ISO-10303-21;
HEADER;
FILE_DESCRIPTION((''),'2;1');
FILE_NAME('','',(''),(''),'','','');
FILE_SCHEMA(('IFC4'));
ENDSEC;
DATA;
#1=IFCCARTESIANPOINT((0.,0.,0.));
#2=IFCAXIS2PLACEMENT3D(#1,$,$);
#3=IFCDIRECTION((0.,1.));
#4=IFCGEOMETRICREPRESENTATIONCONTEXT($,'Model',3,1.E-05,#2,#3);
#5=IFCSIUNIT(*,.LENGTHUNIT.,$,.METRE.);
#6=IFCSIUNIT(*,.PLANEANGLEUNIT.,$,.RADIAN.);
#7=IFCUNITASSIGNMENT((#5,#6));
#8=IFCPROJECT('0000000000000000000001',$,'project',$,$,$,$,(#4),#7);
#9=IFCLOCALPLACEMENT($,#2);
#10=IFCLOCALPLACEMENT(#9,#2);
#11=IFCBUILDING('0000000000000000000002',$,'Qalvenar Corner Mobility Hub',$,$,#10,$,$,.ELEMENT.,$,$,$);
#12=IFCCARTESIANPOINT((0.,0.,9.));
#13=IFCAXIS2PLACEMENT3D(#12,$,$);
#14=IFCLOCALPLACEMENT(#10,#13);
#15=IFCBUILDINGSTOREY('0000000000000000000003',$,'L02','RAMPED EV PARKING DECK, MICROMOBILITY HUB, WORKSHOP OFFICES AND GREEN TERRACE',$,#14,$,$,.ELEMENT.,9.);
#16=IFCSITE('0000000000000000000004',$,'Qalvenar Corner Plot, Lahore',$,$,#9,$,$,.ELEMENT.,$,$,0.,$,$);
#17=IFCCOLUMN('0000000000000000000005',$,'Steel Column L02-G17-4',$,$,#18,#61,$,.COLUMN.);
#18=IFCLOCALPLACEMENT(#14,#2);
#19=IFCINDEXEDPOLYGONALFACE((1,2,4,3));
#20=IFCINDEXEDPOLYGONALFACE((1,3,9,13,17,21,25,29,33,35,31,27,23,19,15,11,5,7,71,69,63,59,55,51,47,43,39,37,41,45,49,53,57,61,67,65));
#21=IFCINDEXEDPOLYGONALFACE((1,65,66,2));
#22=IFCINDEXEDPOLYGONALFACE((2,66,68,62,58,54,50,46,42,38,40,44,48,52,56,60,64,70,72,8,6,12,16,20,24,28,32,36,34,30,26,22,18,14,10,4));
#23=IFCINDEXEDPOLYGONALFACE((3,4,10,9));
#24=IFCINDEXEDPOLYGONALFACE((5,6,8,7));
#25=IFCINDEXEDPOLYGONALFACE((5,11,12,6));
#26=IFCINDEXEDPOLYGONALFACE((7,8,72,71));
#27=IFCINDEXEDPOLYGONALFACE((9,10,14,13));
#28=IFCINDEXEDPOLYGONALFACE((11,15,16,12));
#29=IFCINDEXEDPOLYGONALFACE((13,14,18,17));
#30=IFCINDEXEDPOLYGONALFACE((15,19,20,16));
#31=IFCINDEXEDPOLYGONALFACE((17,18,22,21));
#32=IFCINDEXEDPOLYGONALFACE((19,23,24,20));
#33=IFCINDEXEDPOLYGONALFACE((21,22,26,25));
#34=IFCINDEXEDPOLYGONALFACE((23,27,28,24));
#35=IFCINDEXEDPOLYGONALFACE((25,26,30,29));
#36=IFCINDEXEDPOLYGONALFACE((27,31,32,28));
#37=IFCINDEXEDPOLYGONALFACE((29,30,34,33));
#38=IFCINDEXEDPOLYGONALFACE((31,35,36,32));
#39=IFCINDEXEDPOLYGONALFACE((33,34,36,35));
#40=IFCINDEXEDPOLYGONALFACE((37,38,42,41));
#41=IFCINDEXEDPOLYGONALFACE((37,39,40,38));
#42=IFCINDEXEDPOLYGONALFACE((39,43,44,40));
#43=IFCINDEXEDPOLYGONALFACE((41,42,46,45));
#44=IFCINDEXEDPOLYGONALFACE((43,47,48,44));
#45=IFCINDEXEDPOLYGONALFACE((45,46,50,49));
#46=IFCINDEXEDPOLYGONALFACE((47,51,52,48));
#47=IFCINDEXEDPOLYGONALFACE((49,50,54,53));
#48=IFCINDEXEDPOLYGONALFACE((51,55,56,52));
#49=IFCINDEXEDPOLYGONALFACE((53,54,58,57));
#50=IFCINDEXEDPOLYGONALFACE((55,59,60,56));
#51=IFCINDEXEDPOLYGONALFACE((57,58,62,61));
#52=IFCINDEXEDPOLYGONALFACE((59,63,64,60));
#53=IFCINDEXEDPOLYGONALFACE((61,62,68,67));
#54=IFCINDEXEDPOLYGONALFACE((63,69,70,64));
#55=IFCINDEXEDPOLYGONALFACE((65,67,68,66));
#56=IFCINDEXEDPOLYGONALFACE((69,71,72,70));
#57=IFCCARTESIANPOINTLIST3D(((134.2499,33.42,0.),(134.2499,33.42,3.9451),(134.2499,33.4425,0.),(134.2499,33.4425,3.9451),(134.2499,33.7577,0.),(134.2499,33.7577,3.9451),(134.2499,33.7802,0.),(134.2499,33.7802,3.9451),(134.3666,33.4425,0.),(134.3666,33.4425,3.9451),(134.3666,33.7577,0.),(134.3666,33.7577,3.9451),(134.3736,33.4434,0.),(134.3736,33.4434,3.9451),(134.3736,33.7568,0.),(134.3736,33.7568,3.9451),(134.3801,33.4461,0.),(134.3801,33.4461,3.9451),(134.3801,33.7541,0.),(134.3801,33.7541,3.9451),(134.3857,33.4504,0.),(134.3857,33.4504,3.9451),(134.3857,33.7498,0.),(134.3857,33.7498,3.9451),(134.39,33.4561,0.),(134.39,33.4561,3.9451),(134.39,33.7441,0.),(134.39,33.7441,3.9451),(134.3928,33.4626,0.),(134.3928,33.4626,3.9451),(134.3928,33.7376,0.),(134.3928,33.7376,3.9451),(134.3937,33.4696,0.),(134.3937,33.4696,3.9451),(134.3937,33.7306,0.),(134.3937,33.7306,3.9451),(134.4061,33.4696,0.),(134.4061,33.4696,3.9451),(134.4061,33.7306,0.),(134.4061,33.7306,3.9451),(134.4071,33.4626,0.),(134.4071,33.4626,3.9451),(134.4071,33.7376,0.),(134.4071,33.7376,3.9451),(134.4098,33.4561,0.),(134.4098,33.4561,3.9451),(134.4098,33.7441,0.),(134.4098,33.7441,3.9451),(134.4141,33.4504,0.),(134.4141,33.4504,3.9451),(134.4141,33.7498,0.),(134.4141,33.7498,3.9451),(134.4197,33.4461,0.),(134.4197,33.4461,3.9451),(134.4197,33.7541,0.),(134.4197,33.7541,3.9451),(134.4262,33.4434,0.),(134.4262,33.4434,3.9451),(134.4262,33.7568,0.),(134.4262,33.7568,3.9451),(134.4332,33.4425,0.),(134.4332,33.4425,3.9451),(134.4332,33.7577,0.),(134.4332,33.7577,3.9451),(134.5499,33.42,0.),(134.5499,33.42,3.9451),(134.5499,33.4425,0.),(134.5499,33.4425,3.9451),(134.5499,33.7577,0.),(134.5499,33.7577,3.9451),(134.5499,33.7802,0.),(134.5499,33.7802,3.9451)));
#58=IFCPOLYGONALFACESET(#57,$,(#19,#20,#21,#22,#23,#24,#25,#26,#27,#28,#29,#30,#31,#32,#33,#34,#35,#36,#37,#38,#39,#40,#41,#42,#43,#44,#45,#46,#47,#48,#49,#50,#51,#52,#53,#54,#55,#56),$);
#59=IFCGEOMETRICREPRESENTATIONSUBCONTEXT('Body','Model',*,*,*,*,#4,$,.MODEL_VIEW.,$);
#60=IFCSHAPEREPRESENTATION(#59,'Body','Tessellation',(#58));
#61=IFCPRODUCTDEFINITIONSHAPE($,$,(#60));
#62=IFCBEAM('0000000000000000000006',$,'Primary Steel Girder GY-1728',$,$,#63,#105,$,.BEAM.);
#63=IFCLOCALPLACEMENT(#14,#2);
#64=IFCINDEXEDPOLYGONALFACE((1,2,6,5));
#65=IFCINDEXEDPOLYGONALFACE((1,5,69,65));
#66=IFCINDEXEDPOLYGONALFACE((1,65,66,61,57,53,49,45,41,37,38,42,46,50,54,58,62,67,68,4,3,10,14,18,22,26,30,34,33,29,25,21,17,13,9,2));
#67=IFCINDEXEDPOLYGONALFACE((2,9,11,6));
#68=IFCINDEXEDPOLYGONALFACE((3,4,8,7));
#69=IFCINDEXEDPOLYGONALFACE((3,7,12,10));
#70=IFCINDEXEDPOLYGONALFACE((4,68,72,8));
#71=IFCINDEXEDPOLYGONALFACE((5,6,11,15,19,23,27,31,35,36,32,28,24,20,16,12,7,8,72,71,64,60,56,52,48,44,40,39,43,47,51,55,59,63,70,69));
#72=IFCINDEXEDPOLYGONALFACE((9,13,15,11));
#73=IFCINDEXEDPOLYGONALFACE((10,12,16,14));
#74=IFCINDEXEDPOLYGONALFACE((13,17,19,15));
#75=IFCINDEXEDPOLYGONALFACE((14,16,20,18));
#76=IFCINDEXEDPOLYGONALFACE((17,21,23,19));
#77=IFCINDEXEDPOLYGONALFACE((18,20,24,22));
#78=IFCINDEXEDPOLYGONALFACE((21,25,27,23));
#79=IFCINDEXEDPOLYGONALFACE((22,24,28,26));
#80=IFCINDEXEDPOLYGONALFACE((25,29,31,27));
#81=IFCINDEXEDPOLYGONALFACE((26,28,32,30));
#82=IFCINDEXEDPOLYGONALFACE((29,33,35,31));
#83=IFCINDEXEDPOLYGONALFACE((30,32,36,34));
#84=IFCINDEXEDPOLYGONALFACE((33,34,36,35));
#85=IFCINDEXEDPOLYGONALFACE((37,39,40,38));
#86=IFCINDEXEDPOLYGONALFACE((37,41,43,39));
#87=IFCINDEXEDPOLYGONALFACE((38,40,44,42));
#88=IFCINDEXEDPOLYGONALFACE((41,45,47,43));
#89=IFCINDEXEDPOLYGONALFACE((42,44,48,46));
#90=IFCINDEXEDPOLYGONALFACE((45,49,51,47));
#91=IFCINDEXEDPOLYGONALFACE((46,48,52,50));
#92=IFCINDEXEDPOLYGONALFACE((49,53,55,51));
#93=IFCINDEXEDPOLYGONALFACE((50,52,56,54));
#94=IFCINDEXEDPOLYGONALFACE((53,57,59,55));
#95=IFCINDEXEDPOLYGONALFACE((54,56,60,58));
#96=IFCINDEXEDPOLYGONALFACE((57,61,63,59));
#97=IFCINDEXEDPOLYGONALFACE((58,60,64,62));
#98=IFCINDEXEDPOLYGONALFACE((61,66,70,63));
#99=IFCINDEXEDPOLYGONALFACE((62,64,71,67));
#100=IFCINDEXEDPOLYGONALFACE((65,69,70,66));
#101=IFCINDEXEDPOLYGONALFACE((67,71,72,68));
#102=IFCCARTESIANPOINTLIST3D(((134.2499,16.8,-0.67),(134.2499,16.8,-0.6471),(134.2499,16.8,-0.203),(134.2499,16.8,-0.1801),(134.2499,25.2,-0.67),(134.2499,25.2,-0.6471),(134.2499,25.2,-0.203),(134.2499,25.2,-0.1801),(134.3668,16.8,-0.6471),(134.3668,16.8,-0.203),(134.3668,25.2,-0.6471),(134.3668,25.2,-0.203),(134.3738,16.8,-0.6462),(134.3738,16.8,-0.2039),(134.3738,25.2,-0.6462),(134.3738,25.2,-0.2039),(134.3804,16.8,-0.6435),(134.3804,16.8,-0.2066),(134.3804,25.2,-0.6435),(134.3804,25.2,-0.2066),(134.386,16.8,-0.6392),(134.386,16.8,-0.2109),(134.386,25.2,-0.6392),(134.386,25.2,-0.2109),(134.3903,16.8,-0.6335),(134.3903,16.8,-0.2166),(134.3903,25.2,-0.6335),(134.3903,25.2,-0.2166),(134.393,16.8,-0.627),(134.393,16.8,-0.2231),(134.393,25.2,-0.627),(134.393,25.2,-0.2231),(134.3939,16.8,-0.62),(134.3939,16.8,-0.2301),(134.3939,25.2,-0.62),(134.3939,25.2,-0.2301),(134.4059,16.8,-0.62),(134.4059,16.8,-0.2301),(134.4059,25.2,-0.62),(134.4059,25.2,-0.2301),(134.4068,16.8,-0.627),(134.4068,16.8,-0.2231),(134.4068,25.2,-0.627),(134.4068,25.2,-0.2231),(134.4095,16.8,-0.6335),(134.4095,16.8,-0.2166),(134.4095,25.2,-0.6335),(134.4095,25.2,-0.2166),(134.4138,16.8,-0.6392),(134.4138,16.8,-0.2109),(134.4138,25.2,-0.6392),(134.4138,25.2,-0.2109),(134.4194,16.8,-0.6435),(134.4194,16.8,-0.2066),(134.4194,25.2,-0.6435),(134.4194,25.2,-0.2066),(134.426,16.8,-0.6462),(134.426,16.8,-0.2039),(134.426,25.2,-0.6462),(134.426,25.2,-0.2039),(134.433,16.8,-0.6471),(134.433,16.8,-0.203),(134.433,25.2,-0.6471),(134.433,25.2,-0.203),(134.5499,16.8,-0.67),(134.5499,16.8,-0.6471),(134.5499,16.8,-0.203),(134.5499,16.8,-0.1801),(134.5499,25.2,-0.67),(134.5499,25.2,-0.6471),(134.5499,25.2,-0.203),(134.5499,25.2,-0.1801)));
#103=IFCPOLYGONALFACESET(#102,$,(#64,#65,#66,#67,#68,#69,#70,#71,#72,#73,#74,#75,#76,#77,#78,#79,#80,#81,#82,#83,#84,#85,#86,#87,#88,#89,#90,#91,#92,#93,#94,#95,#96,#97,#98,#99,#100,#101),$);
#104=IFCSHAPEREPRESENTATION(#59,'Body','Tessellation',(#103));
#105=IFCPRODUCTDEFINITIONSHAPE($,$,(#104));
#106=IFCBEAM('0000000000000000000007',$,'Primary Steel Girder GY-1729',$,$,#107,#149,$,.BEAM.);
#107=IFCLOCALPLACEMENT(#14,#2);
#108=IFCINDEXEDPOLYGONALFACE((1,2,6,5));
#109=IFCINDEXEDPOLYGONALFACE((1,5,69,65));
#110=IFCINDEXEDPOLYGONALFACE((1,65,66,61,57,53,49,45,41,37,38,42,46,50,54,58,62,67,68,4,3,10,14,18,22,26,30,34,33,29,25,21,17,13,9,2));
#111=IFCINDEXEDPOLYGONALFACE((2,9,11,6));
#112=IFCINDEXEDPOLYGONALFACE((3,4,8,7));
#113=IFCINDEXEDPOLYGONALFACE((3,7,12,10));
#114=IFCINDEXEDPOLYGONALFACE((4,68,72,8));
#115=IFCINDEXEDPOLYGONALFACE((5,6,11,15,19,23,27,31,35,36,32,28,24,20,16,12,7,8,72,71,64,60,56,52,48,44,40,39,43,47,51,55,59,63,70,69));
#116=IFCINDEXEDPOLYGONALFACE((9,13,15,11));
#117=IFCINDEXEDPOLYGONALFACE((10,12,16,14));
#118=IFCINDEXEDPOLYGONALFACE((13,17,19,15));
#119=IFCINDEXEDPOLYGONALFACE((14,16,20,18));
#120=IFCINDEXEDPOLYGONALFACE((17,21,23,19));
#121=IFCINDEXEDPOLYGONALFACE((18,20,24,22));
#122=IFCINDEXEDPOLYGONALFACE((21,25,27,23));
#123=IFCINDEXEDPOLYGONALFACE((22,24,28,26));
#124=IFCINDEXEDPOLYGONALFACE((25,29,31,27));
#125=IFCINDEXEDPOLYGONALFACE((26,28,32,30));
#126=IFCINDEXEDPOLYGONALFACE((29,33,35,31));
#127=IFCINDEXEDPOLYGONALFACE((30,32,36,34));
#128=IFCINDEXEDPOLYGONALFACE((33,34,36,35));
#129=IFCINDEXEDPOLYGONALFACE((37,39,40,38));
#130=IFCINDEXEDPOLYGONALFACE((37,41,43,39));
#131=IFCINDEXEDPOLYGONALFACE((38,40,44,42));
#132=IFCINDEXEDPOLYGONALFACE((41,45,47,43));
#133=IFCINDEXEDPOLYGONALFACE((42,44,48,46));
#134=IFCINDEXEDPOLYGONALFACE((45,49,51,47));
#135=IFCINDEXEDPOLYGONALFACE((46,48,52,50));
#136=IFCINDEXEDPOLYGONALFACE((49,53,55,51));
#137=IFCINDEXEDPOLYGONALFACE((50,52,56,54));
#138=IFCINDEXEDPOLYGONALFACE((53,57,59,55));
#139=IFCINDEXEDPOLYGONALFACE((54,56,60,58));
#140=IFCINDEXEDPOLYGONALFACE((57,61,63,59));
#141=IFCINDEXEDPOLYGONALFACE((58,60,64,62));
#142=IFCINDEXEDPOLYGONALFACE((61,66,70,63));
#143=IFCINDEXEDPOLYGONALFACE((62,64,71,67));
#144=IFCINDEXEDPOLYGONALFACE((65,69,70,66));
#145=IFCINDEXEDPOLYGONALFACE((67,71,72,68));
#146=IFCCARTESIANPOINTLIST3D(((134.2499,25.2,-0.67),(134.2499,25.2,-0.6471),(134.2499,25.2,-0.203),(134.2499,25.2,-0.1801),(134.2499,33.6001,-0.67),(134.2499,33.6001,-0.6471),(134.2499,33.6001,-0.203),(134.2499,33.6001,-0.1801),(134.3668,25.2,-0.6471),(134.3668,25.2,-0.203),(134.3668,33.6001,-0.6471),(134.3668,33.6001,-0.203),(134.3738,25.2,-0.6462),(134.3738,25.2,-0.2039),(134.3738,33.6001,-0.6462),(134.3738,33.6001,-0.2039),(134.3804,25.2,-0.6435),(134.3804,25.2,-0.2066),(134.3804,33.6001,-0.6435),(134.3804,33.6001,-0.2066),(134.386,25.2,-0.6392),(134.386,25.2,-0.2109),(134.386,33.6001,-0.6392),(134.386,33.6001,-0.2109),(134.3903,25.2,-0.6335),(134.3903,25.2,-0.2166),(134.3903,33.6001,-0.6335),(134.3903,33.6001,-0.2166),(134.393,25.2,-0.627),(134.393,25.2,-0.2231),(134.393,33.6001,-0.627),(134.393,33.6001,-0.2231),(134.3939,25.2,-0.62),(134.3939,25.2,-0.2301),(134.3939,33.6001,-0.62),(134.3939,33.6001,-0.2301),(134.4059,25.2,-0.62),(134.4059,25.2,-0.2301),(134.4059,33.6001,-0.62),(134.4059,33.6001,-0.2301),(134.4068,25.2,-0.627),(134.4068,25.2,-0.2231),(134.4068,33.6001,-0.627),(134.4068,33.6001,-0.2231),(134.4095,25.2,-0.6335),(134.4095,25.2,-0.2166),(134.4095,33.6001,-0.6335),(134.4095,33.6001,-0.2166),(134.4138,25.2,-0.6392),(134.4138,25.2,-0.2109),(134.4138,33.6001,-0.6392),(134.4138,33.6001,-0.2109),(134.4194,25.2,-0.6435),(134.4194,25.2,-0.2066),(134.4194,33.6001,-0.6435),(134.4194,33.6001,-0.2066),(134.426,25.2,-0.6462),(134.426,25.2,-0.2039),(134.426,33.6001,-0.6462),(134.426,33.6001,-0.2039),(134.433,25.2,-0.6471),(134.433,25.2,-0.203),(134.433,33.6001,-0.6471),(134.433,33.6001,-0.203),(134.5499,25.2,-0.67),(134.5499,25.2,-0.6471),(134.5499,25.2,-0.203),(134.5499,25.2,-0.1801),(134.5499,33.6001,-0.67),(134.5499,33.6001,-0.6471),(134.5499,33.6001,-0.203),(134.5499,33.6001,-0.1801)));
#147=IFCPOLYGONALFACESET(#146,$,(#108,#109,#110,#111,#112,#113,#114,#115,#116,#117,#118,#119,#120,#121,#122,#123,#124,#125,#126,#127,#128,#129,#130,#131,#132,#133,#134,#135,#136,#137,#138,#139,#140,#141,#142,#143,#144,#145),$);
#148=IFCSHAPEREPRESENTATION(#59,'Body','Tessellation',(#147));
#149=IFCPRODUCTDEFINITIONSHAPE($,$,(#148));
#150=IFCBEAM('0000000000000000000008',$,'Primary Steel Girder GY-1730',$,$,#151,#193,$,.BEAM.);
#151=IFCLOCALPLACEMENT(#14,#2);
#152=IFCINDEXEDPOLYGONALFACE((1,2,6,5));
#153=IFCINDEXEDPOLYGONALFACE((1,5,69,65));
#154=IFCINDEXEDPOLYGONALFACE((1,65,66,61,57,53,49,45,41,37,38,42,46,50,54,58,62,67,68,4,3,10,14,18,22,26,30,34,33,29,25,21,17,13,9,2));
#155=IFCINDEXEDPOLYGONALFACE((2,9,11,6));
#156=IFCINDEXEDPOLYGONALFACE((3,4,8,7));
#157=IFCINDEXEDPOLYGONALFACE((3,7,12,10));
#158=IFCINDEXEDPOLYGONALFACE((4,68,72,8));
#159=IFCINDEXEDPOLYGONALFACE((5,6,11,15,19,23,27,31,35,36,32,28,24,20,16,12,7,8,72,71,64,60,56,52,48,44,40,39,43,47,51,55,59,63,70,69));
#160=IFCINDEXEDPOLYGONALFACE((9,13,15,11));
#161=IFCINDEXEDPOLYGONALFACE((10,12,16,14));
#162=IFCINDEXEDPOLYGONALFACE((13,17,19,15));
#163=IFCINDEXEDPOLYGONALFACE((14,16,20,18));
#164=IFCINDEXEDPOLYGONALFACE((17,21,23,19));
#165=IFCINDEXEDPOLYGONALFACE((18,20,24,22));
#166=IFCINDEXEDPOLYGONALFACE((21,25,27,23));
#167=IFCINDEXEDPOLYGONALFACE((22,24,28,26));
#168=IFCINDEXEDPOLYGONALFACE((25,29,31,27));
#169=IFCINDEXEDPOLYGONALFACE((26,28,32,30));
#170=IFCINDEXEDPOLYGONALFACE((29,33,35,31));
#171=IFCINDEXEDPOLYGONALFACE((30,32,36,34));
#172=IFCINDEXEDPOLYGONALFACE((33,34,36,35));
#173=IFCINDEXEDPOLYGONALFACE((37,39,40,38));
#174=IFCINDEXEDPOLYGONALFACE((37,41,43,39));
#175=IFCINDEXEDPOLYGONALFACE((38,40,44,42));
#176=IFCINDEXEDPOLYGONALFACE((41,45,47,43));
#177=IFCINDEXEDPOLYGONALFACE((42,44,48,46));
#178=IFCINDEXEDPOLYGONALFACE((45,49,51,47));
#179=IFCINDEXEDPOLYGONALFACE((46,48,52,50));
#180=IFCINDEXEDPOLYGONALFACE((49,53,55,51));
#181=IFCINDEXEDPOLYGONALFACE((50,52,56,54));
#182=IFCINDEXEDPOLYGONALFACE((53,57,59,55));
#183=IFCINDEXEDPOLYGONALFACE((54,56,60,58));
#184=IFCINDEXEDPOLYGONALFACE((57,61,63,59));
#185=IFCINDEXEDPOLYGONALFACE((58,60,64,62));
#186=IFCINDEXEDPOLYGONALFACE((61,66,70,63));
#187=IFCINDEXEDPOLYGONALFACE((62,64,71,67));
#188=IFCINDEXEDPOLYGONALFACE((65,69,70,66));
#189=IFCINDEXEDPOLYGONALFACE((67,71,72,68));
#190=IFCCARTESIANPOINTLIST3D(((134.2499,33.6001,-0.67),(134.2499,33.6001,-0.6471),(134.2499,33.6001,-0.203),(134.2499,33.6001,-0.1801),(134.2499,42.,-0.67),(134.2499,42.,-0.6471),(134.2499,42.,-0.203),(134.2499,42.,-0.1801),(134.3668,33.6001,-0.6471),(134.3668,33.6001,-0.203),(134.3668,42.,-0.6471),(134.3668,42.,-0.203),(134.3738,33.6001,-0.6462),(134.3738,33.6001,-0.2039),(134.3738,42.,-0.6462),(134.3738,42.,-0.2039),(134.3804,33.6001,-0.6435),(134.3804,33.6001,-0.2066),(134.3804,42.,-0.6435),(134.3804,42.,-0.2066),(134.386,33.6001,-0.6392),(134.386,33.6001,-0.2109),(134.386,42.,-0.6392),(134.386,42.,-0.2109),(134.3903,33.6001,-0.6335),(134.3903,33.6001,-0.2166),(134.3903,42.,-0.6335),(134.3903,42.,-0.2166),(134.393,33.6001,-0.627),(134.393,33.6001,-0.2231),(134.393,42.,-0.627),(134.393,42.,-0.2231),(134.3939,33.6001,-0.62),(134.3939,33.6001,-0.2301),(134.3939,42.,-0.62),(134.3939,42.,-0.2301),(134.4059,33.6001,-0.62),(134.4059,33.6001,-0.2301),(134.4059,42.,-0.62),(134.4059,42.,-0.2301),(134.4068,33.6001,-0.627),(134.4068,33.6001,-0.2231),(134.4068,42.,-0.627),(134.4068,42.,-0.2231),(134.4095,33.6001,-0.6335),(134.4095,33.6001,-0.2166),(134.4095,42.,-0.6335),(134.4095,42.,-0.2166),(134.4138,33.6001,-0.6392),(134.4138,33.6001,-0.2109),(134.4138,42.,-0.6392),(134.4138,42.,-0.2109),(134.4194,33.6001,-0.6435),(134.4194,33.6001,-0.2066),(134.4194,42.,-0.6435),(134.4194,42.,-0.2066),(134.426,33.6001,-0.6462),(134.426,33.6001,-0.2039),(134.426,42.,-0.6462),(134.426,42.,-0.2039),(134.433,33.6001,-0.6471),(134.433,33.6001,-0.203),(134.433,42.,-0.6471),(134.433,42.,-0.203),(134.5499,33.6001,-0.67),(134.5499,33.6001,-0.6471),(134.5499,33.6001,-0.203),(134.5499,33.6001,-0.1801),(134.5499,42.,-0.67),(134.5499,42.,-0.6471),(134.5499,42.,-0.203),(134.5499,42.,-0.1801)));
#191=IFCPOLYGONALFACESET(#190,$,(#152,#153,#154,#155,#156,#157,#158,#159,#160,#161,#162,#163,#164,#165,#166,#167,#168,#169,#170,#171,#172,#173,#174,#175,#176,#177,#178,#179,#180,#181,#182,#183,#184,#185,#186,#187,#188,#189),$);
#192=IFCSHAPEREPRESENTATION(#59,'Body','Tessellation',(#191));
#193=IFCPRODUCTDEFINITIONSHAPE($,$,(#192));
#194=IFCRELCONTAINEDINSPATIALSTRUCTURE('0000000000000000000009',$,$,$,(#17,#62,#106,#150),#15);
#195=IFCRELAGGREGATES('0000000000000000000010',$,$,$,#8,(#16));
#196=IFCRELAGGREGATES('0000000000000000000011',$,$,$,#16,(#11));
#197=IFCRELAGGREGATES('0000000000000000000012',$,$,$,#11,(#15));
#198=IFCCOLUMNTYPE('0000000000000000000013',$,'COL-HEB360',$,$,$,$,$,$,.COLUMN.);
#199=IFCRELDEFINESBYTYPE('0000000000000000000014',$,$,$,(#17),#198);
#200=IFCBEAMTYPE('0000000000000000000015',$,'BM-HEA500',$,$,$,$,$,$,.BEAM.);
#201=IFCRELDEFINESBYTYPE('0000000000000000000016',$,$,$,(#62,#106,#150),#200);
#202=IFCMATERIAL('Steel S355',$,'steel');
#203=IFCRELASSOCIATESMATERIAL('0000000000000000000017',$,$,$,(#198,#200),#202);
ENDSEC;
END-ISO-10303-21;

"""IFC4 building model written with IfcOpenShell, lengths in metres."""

from ifc_helpers import new_model, si_unit, direction, frame, origin, origin_2d, place, context, subcontext, project, spatial, i_section, extrude, material, material_profile, profile_set, type_object, element, save


model = new_model("IFC4")

# Units and contexts
model_context = context("Model", 3, precision=1e-05, world=origin(), true_north=direction((0.0, 1.0)))
body_context = subcontext(model_context, "Body", "Model", "MODEL_VIEW")
ifc_project = project(units=[si_unit("LENGTHUNIT", "METRE"), si_unit("PLANEANGLEUNIT", "RADIAN")], contexts=[model_context])

# Site, building, storey
site_placement = place(None, origin())
site = spatial("IfcSite", under=ifc_project, at=site_placement, Name="Qalvenar Corner Plot, Lahore", CompositionType="ELEMENT", RefElevation=0.0)
building_placement = place(site_placement, origin())
building = spatial("IfcBuilding", under=site, at=building_placement, Name="Qalvenar Corner Mobility Hub", CompositionType="ELEMENT")
storey_placement = place(building_placement, frame((0.0, 0.0, 9.0)))
storey = spatial("IfcBuildingStorey", under=building, at=storey_placement, Name="L02", Description="RAMPED EV PARKING DECK, MICROMOBILITY HUB, WORKSHOP OFFICES AND GREEN TERRACE", CompositionType="ELEMENT", Elevation=9.0)

# Column
ifc_material_1 = material(Name="Steel S355", Category="steel")
ifc_material_profile_1 = material_profile(ifc_material_1, i_section(OverallWidth=0.3, OverallDepth=0.3601, WebThickness=0.0125, FlangeThickness=0.0225, FilletRadius=0.0271, at=origin_2d()), Name="HEB360")
ifc_profile_set_1 = profile_set([ifc_material_profile_1], Name="Steel S355")
column_type = type_object("IfcColumnType", Name="COL-HEB360", PredefinedType="COLUMN", material=ifc_profile_set_1)
column_placement = place(storey_placement, frame((134.3999, 33.6001, 0.0), z_axis=(0.0, 0.0, 1.0), x_axis=(1.0, 0.0, 0.0)))
element("IfcColumn", 1, at=column_placement, inside=storey, type_object=column_type, Name="Steel Column L02-G17-4", PredefinedType="COLUMN", context=body_context, shape_type="SweptSolid", body=[
    extrude(i_section(OverallWidth=0.3, OverallDepth=0.3601, WebThickness=0.0125, FlangeThickness=0.0225, FilletRadius=0.0271, at=origin_2d()), origin(), (0.0, 0.0, 1.0), 3.9451),
])

# Beams
ifc_material_profile_2 = material_profile(ifc_material_1, i_section(OverallWidth=0.3, OverallDepth=0.49, WebThickness=0.012, FlangeThickness=0.0229, FilletRadius=0.0271, at=origin_2d()), Name="HEA500")
ifc_profile_set_2 = profile_set([ifc_material_profile_2], Name="Steel S355")
beam_type_1 = type_object("IfcBeamType", Name="BM-HEA500", PredefinedType="BEAM", material=ifc_profile_set_2)
beam_1_placement = place(storey_placement, frame((134.3999, 16.8, -0.425), z_axis=(0.0, 1.0, 0.0), x_axis=(-1.0, 0.0, 0.0)))
element("IfcBeam", 2, at=beam_1_placement, inside=storey, type_object=beam_type_1, Name="Primary Steel Girder GY-1728", PredefinedType="BEAM", context=body_context, shape_type="SweptSolid", body=[
    extrude(i_section(OverallWidth=0.3, OverallDepth=0.49, WebThickness=0.012, FlangeThickness=0.0229, FilletRadius=0.0271, at=origin_2d()), origin(), (0.0, 0.0, 1.0), 8.3999),
])
beam_2_placement = place(storey_placement, frame((134.3999, 25.2, -0.425), z_axis=(0.0, 1.0, 0.0), x_axis=(-1.0, 0.0, 0.0)))
element("IfcBeam", 3, at=beam_2_placement, inside=storey, type_object=beam_type_1, Name="Primary Steel Girder GY-1729", PredefinedType="BEAM", context=body_context, shape_type="SweptSolid", body=[
    extrude(i_section(OverallWidth=0.3, OverallDepth=0.49, WebThickness=0.012, FlangeThickness=0.0229, FilletRadius=0.0271, at=origin_2d()), origin(), (0.0, 0.0, 1.0), 8.4001),
])
beam_3_placement = place(storey_placement, frame((134.3999, 33.6001, -0.425), z_axis=(0.0, 1.0, 0.0), x_axis=(-1.0, 0.0, 0.0)))
element("IfcBeam", 4, at=beam_3_placement, inside=storey, type_object=beam_type_1, Name="Primary Steel Girder GY-1730", PredefinedType="BEAM", context=body_context, shape_type="SweptSolid", body=[
    extrude(i_section(OverallWidth=0.3, OverallDepth=0.49, WebThickness=0.012, FlangeThickness=0.0229, FilletRadius=0.0271, at=origin_2d()), origin(), (0.0, 0.0, 1.0), 8.3999),
])

save(model, "model.ifc")
